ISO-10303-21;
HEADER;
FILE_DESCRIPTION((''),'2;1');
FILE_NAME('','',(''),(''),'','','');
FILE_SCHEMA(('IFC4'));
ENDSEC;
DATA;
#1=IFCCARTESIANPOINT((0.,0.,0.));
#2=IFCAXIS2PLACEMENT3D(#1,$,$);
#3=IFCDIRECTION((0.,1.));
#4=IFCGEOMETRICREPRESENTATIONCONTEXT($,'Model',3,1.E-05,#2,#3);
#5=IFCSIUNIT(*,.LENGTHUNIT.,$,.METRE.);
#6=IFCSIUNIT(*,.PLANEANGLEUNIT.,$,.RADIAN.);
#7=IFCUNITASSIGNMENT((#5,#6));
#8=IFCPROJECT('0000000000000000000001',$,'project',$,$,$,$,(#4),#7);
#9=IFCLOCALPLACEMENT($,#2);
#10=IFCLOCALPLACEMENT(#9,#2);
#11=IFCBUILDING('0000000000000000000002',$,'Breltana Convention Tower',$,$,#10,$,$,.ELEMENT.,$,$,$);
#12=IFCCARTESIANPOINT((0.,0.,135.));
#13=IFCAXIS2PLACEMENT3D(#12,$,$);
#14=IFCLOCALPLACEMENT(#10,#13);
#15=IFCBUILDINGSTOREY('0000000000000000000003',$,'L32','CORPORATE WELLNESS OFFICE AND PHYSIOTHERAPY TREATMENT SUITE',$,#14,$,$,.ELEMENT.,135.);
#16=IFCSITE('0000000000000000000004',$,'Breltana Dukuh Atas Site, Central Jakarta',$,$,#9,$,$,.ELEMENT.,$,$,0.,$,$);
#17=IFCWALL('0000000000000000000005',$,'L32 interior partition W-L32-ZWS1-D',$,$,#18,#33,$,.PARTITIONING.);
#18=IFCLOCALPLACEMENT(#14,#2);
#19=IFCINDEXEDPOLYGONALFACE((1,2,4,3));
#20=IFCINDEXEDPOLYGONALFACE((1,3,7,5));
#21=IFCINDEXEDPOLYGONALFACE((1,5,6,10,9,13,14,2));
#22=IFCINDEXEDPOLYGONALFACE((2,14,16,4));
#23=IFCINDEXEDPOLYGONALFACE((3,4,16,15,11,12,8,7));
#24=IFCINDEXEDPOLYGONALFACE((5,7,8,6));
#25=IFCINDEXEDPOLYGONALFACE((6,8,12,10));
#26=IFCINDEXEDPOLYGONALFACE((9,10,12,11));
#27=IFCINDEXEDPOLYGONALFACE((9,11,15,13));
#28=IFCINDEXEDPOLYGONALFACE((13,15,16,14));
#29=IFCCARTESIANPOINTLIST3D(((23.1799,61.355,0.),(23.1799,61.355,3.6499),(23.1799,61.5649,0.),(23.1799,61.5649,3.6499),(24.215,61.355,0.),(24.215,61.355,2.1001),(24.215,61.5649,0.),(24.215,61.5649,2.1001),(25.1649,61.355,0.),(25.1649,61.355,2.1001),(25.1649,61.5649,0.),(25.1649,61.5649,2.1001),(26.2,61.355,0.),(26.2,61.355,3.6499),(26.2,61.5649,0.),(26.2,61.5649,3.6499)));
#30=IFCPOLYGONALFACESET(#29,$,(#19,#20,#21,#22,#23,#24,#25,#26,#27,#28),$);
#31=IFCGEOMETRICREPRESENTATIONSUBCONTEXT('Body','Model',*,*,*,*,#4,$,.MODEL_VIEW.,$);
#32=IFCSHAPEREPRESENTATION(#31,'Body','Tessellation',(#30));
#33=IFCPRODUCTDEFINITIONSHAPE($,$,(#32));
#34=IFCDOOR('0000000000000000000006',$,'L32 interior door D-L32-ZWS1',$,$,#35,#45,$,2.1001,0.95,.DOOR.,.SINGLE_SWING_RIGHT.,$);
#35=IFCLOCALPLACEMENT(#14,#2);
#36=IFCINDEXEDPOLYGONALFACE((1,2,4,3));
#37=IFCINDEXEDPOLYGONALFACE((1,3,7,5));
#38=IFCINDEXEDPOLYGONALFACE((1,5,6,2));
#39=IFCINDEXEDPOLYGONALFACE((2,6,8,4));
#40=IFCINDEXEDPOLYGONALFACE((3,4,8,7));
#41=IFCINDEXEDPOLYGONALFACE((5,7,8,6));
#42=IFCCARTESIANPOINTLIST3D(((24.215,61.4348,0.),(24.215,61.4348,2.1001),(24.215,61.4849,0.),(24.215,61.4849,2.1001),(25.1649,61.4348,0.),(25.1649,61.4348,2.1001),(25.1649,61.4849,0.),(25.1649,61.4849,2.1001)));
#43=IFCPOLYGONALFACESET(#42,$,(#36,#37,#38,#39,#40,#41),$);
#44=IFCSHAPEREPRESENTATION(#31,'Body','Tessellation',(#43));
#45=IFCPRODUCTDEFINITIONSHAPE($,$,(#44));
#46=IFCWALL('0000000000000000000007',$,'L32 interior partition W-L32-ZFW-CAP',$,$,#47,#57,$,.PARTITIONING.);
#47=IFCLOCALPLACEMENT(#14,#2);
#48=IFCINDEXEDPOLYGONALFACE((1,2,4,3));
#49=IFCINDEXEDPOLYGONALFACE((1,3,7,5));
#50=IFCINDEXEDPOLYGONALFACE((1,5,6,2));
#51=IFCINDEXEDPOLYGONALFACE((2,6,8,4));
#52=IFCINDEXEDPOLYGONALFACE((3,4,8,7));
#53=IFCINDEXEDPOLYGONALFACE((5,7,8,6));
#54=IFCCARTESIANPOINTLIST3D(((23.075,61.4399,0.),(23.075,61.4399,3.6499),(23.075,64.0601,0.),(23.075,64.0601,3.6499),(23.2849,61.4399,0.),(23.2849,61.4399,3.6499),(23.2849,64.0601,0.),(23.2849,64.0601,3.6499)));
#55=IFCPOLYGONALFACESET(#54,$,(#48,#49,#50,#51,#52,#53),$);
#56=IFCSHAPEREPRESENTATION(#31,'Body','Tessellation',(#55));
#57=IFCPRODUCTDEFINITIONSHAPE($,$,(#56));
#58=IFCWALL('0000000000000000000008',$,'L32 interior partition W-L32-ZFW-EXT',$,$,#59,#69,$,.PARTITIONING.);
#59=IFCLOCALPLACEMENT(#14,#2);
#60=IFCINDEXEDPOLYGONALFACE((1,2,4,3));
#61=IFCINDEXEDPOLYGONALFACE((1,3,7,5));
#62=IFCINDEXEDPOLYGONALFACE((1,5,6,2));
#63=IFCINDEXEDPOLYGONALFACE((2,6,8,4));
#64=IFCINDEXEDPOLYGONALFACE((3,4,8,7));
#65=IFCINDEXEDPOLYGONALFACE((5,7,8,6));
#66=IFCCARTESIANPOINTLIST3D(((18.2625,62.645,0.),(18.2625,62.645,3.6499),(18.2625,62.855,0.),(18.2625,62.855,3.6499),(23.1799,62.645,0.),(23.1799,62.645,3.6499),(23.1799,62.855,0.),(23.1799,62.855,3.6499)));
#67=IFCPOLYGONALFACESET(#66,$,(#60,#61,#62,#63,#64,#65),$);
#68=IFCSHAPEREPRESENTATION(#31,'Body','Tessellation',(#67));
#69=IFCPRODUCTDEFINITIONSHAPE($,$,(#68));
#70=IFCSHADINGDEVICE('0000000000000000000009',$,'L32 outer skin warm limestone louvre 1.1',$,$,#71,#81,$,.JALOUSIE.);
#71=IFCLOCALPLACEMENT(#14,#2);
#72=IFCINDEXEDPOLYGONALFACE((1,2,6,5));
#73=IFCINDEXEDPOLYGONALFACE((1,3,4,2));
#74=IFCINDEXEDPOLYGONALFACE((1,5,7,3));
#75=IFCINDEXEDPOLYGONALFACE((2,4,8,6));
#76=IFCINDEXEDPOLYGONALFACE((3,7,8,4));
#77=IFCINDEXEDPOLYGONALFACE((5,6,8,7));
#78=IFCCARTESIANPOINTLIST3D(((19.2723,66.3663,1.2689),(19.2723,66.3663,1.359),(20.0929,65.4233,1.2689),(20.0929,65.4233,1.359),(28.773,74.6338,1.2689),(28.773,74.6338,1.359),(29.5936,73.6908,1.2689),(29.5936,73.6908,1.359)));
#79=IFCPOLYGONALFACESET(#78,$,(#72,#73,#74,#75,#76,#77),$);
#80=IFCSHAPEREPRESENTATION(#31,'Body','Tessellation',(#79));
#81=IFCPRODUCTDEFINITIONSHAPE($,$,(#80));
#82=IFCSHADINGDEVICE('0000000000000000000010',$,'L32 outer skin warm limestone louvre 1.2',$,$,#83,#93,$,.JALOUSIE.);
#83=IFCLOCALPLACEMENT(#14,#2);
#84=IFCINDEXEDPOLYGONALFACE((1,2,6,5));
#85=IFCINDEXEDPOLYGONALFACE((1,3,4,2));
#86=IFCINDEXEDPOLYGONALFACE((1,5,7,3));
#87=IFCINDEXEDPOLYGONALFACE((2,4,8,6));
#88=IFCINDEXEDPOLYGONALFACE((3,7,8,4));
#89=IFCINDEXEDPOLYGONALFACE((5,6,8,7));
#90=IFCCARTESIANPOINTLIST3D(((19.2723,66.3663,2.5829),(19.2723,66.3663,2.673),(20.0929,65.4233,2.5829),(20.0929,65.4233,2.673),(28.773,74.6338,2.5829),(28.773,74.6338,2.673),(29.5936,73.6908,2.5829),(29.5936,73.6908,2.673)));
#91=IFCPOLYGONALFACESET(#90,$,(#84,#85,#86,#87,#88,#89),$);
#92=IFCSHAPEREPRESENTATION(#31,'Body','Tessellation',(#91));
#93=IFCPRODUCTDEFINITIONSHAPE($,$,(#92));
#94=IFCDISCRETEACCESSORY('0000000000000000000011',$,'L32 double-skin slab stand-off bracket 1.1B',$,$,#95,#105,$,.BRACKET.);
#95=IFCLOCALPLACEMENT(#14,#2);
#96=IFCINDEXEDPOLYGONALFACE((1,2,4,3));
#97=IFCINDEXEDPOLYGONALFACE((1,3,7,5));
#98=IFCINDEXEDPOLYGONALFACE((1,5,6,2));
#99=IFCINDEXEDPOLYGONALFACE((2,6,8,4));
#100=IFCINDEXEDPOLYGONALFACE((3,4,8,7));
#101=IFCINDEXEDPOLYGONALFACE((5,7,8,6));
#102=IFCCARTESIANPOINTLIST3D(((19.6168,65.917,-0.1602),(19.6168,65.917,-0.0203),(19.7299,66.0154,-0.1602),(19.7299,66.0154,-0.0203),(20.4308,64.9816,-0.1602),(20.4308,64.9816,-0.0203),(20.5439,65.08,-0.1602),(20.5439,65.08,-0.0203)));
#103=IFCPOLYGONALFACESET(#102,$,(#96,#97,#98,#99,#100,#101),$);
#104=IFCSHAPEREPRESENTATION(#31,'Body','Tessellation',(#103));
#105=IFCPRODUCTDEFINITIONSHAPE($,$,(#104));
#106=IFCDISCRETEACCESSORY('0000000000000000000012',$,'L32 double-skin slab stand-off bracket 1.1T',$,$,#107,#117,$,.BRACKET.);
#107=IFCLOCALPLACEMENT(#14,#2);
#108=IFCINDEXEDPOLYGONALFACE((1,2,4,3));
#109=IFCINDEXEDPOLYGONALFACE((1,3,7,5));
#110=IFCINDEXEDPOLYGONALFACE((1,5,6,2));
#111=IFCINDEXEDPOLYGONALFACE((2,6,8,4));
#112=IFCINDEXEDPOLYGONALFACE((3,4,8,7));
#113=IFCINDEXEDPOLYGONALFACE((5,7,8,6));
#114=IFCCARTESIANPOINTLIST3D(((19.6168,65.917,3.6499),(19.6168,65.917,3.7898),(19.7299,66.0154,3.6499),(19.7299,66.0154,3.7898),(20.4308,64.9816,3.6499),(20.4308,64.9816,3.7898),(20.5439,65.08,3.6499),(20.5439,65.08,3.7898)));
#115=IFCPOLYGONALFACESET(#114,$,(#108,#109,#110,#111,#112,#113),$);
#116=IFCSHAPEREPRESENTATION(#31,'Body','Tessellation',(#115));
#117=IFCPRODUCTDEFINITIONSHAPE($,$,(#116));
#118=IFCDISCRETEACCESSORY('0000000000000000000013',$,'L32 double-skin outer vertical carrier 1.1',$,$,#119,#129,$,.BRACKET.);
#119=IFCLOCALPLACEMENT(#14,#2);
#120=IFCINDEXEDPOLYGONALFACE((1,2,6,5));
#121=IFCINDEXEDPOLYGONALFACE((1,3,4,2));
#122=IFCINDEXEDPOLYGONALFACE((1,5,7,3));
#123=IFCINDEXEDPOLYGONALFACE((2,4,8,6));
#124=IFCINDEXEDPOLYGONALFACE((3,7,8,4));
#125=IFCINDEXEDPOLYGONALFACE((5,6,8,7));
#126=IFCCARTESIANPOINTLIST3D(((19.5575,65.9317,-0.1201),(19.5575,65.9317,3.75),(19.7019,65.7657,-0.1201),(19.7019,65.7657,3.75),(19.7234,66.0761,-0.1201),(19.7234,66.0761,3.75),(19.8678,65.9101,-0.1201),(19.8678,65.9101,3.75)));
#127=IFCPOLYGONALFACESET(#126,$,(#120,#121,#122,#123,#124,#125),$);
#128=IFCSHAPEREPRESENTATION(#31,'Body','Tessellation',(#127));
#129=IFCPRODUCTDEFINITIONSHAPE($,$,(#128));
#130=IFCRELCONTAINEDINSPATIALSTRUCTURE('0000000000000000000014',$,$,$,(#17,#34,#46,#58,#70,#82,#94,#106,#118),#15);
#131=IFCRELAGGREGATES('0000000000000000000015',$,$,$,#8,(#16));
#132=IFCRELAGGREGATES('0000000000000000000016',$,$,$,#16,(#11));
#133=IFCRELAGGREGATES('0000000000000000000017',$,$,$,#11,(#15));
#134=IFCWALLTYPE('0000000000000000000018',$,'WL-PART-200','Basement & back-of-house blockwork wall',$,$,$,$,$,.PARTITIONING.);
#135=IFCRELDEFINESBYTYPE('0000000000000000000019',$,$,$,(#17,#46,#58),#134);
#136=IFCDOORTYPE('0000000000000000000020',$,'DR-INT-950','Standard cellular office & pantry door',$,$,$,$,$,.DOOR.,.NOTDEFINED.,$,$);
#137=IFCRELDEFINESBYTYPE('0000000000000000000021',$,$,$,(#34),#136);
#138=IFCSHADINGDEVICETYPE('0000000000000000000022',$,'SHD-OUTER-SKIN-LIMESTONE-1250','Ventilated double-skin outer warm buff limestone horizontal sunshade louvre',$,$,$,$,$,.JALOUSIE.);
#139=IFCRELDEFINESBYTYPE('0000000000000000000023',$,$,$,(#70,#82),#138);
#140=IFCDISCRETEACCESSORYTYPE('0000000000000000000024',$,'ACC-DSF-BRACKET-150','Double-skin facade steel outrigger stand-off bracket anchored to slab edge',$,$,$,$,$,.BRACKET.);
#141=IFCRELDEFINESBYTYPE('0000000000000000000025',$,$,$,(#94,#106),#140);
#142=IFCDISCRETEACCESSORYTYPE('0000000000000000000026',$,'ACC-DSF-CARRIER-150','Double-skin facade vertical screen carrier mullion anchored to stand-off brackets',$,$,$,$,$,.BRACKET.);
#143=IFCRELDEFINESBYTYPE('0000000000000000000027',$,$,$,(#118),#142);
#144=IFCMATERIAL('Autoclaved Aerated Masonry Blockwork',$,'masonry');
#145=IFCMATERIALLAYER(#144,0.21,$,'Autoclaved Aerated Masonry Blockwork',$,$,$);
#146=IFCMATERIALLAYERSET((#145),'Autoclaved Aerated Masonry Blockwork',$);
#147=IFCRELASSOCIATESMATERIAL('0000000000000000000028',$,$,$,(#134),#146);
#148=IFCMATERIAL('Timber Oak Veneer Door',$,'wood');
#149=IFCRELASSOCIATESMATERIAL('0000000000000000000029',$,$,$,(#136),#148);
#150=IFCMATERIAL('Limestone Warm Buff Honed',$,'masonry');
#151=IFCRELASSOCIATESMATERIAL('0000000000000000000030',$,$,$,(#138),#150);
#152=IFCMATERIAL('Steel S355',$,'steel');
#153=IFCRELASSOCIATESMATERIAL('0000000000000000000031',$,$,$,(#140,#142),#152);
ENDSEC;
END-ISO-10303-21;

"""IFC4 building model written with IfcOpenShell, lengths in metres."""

from ifc_helpers import new_model, si_unit, direction, frame, frame_2d, origin, origin_2d, place, context, subcontext, project, spatial, rectangle, extrude, source, transform, mapped, material, layer, layer_set, material_profile, profile_set, type_object, type_shapes, element, fill, save


model = new_model("IFC4")

# Units and contexts
model_context = context("Model", 3, precision=1e-05, world=origin(), true_north=direction((0.0, 1.0)))
body_context = subcontext(model_context, "Body", "Model", "MODEL_VIEW")
ifc_project = project(units=[si_unit("LENGTHUNIT", "METRE"), si_unit("PLANEANGLEUNIT", "RADIAN")], contexts=[model_context])

# Site, building, storey
site_placement = place(None, origin())
site = spatial("IfcSite", under=ifc_project, at=site_placement, Name="Breltana Dukuh Atas Site, Central Jakarta", CompositionType="ELEMENT", RefElevation=0.0)
building_placement = place(site_placement, origin())
building = spatial("IfcBuilding", under=site, at=building_placement, Name="Breltana Convention Tower", CompositionType="ELEMENT")
storey_placement = place(building_placement, frame((0.0, 0.0, 135.0)))
storey = spatial("IfcBuildingStorey", under=building, at=storey_placement, Name="L32", Description="CORPORATE WELLNESS OFFICE AND PHYSIOTHERAPY TREATMENT SUITE", CompositionType="ELEMENT", Elevation=135.0)

# Wall, opening, door
ifc_material_1 = material(Name="Autoclaved Aerated Masonry Blockwork", Category="masonry")
ifc_layer_1 = layer(ifc_material_1, 0.21, Name="Autoclaved Aerated Masonry Blockwork")
ifc_layer_set_1 = layer_set([ifc_layer_1], Name="Autoclaved Aerated Masonry Blockwork")
wall_type_1 = type_object("IfcWallType", Name="WL-PART-200", Description="Basement & back-of-house blockwork wall", PredefinedType="PARTITIONING", material=ifc_layer_set_1)
shared_shape_1 = source(origin(), body_context, "Body", "SweptSolid", [
    extrude(rectangle(XDim=3.02, YDim=0.21, at=frame_2d((1.51, 0.0))), origin(), (0.0, 0.0, 1.0), 3.6499),
])
wall_1_placement = place(storey_placement, frame((23.1799, 61.46, 0.0), z_axis=(0.0, 0.0, 1.0), x_axis=(1.0, 0.0, 0.0)))
wall_1 = element("IfcWall", 1, at=wall_1_placement, inside=storey, type_object=wall_type_1, Name="L32 interior partition W-L32-ZWS1-D", PredefinedType="PARTITIONING", context=body_context, shape_type="MappedRepresentation", body=[
    mapped(shared_shape_1, transform((0.0, 0.0, 0.0), scale=1.0)),
])
opening_placement = place(wall_1_placement, frame((1.0349, 0.0, 0.0)))
opening = element("IfcOpeningElement", 2, at=opening_placement, cuts=wall_1, PredefinedType="OPENING", context=body_context, shape_type="SweptSolid", body=[
    extrude(rectangle(XDim=0.95, YDim=2.1001, at=frame_2d((0.4751, 1.05))), frame((0.0, 0.115, 0.0), z_axis=(0.0, -1.0, 0.0), x_axis=(1.0, 0.0, 0.0)), (0.0, 0.0, 1.0), 0.23),
])
ifc_material_2 = material(Name="Timber Oak Veneer Door", Category="wood")
door_type = type_object("IfcDoorType", Name="DR-INT-950", Description="Standard cellular office & pantry door", OperationType="NOTDEFINED", PredefinedType="DOOR", material=ifc_material_2)
shared_shape_2 = source(origin(), body_context, "Body", "SweptSolid", [
    extrude(rectangle(XDim=0.95, YDim=2.1001, at=frame_2d((0.4751, 1.05))), frame((0.0, 0.0249, 0.0), z_axis=(0.0, -1.0, 0.0), x_axis=(1.0, 0.0, 0.0)), (0.0, 0.0, 1.0), 0.05),
])
type_shapes(door_type, [shared_shape_2])
door_placement = place(opening_placement, origin())
door = element("IfcDoor", 3, at=door_placement, inside=storey, type_object=door_type, Name="L32 interior door D-L32-ZWS1", OperationType="SINGLE_SWING_RIGHT", OverallHeight=2.1001, OverallWidth=0.95, PredefinedType="DOOR", context=body_context, shape_type="MappedRepresentation", body=[
    mapped(shared_shape_2, transform((0.0, 0.0, 0.0), scale=1.0)),
])
fill(opening, door)

# Walls
shared_shape_3 = source(origin(), body_context, "Body", "SweptSolid", [
    extrude(rectangle(XDim=2.6201, YDim=0.21, at=frame_2d((1.3101, 0.0))), origin(), (0.0, 0.0, 1.0), 3.6499),
])
wall_2_placement = place(storey_placement, frame((23.1799, 61.4399, 0.0), z_axis=(0.0, 0.0, 1.0), x_axis=(0.0, 1.0, 0.0)))
element("IfcWall", 4, at=wall_2_placement, inside=storey, type_object=wall_type_1, Name="L32 interior partition W-L32-ZFW-CAP", PredefinedType="PARTITIONING", context=body_context, shape_type="MappedRepresentation", body=[
    mapped(shared_shape_3, transform((0.0, 0.0, 0.0), scale=1.0)),
])
shared_shape_4 = source(origin(), body_context, "Body", "SweptSolid", [
    extrude(rectangle(XDim=4.9175, YDim=0.21, at=frame_2d((2.4587, 0.0))), origin(), (0.0, 0.0, 1.0), 3.6499),
])
wall_3_placement = place(storey_placement, frame((18.2625, 62.75, 0.0), z_axis=(0.0, 0.0, 1.0), x_axis=(1.0, 0.0, 0.0)))
element("IfcWall", 5, at=wall_3_placement, inside=storey, type_object=wall_type_1, Name="L32 interior partition W-L32-ZFW-EXT", PredefinedType="PARTITIONING", context=body_context, shape_type="MappedRepresentation", body=[
    mapped(shared_shape_4, transform((0.0, 0.0, 0.0), scale=1.0)),
])

# Shading devices
ifc_material_3 = material(Name="Limestone Warm Buff Honed", Category="masonry")
ifc_material_profile_1 = material_profile(ifc_material_3, rectangle(XDim=1.25, YDim=0.0901, at=origin_2d()), Name="STN-LVR-1250X90")
ifc_profile_set_1 = profile_set([ifc_material_profile_1], Name="Limestone Warm Buff Honed")
shading_device_type = type_object("IfcShadingDeviceType", Name="SHD-OUTER-SKIN-LIMESTONE-1250", Description="Ventilated double-skin outer warm buff limestone horizontal sunshade louvre", PredefinedType="JALOUSIE", material=ifc_profile_set_1)
shared_shape_5 = source(origin(), body_context, "Body", "SweptSolid", [
    extrude(rectangle(XDim=1.25, YDim=0.0901, at=origin_2d()), origin(), (0.0, 0.0, 1.0), 12.5942),
])
for number, where, z_axis, x_axis, name in (
    (6, (19.6826, 65.8948, 1.314), (0.754367, 0.656453, 0.0), (-0.656453, 0.754367, 0.0), "L32 outer skin warm limestone louvre 1.1"),
    (7, (19.6826, 65.8948, 2.6279), (0.754367, 0.656453, 0.0), (-0.656453, 0.754367, 0.0), "L32 outer skin warm limestone louvre 1.2"),
):
    element("IfcShadingDevice", number, at=place(storey_placement, frame(where, z_axis=z_axis, x_axis=x_axis)), inside=storey, type_object=shading_device_type, Name=name, PredefinedType="JALOUSIE", context=body_context, shape_type="MappedRepresentation", body=[
        mapped(shared_shape_5, transform((0.0, 0.0, 0.0), scale=1.0)),
    ])

# Discrete accessories
ifc_material_4 = material(Name="Steel S355", Category="steel")
discrete_accessory_type_1 = type_object("IfcDiscreteAccessoryType", Name="ACC-DSF-BRACKET-150", Description="Double-skin facade steel outrigger stand-off bracket anchored to slab edge", PredefinedType="BRACKET", material=ifc_material_4)
shared_shape_6 = source(origin(), body_context, "Body", "SweptSolid", [
    extrude(rectangle(XDim=1.24, YDim=0.1499, at=origin_2d()), origin(), (0.0, 0.0, 1.0), 0.1399),
])
type_shapes(discrete_accessory_type_1, [shared_shape_6])
for number, where, z_axis, x_axis, name in (
    (8, (20.0803, 65.4985, -0.1602), (0.0, 0.0, 1.0), (-0.656454, 0.754366, 0.0), "L32 double-skin slab stand-off bracket 1.1B"),
    (9, (20.0803, 65.4985, 3.6499), (0.0, 0.0, 1.0), (-0.656454, 0.754366, 0.0), "L32 double-skin slab stand-off bracket 1.1T"),
):
    element("IfcDiscreteAccessory", number, at=place(storey_placement, frame(where, z_axis=z_axis, x_axis=x_axis)), inside=storey, type_object=discrete_accessory_type_1, Name=name, PredefinedType="BRACKET", context=body_context, shape_type="MappedRepresentation", body=[
        mapped(shared_shape_6, transform((0.0, 0.0, 0.0), scale=1.0)),
    ])
discrete_accessory_type_2 = type_object("IfcDiscreteAccessoryType", Name="ACC-DSF-CARRIER-150", Description="Double-skin facade vertical screen carrier mullion anchored to stand-off brackets", PredefinedType="BRACKET", material=ifc_material_4)
shared_shape_7 = source(origin(), body_context, "Body", "SweptSolid", [
    extrude(rectangle(XDim=0.22, YDim=0.22, at=origin_2d()), origin(), (0.0, 0.0, 1.0), 3.8701),
])
discrete_accessory_placement = place(storey_placement, frame((19.7126, 65.9209, -0.1201), z_axis=(0.0, 0.0, 1.0), x_axis=(-0.656454, 0.754366, 0.0)))
element("IfcDiscreteAccessory", 10, at=discrete_accessory_placement, inside=storey, type_object=discrete_accessory_type_2, Name="L32 double-skin outer vertical carrier 1.1", PredefinedType="BRACKET", context=body_context, shape_type="MappedRepresentation", body=[
    mapped(shared_shape_7, transform((0.0, 0.0, 0.0), scale=1.0)),
])

save(model, "model.ifc")
